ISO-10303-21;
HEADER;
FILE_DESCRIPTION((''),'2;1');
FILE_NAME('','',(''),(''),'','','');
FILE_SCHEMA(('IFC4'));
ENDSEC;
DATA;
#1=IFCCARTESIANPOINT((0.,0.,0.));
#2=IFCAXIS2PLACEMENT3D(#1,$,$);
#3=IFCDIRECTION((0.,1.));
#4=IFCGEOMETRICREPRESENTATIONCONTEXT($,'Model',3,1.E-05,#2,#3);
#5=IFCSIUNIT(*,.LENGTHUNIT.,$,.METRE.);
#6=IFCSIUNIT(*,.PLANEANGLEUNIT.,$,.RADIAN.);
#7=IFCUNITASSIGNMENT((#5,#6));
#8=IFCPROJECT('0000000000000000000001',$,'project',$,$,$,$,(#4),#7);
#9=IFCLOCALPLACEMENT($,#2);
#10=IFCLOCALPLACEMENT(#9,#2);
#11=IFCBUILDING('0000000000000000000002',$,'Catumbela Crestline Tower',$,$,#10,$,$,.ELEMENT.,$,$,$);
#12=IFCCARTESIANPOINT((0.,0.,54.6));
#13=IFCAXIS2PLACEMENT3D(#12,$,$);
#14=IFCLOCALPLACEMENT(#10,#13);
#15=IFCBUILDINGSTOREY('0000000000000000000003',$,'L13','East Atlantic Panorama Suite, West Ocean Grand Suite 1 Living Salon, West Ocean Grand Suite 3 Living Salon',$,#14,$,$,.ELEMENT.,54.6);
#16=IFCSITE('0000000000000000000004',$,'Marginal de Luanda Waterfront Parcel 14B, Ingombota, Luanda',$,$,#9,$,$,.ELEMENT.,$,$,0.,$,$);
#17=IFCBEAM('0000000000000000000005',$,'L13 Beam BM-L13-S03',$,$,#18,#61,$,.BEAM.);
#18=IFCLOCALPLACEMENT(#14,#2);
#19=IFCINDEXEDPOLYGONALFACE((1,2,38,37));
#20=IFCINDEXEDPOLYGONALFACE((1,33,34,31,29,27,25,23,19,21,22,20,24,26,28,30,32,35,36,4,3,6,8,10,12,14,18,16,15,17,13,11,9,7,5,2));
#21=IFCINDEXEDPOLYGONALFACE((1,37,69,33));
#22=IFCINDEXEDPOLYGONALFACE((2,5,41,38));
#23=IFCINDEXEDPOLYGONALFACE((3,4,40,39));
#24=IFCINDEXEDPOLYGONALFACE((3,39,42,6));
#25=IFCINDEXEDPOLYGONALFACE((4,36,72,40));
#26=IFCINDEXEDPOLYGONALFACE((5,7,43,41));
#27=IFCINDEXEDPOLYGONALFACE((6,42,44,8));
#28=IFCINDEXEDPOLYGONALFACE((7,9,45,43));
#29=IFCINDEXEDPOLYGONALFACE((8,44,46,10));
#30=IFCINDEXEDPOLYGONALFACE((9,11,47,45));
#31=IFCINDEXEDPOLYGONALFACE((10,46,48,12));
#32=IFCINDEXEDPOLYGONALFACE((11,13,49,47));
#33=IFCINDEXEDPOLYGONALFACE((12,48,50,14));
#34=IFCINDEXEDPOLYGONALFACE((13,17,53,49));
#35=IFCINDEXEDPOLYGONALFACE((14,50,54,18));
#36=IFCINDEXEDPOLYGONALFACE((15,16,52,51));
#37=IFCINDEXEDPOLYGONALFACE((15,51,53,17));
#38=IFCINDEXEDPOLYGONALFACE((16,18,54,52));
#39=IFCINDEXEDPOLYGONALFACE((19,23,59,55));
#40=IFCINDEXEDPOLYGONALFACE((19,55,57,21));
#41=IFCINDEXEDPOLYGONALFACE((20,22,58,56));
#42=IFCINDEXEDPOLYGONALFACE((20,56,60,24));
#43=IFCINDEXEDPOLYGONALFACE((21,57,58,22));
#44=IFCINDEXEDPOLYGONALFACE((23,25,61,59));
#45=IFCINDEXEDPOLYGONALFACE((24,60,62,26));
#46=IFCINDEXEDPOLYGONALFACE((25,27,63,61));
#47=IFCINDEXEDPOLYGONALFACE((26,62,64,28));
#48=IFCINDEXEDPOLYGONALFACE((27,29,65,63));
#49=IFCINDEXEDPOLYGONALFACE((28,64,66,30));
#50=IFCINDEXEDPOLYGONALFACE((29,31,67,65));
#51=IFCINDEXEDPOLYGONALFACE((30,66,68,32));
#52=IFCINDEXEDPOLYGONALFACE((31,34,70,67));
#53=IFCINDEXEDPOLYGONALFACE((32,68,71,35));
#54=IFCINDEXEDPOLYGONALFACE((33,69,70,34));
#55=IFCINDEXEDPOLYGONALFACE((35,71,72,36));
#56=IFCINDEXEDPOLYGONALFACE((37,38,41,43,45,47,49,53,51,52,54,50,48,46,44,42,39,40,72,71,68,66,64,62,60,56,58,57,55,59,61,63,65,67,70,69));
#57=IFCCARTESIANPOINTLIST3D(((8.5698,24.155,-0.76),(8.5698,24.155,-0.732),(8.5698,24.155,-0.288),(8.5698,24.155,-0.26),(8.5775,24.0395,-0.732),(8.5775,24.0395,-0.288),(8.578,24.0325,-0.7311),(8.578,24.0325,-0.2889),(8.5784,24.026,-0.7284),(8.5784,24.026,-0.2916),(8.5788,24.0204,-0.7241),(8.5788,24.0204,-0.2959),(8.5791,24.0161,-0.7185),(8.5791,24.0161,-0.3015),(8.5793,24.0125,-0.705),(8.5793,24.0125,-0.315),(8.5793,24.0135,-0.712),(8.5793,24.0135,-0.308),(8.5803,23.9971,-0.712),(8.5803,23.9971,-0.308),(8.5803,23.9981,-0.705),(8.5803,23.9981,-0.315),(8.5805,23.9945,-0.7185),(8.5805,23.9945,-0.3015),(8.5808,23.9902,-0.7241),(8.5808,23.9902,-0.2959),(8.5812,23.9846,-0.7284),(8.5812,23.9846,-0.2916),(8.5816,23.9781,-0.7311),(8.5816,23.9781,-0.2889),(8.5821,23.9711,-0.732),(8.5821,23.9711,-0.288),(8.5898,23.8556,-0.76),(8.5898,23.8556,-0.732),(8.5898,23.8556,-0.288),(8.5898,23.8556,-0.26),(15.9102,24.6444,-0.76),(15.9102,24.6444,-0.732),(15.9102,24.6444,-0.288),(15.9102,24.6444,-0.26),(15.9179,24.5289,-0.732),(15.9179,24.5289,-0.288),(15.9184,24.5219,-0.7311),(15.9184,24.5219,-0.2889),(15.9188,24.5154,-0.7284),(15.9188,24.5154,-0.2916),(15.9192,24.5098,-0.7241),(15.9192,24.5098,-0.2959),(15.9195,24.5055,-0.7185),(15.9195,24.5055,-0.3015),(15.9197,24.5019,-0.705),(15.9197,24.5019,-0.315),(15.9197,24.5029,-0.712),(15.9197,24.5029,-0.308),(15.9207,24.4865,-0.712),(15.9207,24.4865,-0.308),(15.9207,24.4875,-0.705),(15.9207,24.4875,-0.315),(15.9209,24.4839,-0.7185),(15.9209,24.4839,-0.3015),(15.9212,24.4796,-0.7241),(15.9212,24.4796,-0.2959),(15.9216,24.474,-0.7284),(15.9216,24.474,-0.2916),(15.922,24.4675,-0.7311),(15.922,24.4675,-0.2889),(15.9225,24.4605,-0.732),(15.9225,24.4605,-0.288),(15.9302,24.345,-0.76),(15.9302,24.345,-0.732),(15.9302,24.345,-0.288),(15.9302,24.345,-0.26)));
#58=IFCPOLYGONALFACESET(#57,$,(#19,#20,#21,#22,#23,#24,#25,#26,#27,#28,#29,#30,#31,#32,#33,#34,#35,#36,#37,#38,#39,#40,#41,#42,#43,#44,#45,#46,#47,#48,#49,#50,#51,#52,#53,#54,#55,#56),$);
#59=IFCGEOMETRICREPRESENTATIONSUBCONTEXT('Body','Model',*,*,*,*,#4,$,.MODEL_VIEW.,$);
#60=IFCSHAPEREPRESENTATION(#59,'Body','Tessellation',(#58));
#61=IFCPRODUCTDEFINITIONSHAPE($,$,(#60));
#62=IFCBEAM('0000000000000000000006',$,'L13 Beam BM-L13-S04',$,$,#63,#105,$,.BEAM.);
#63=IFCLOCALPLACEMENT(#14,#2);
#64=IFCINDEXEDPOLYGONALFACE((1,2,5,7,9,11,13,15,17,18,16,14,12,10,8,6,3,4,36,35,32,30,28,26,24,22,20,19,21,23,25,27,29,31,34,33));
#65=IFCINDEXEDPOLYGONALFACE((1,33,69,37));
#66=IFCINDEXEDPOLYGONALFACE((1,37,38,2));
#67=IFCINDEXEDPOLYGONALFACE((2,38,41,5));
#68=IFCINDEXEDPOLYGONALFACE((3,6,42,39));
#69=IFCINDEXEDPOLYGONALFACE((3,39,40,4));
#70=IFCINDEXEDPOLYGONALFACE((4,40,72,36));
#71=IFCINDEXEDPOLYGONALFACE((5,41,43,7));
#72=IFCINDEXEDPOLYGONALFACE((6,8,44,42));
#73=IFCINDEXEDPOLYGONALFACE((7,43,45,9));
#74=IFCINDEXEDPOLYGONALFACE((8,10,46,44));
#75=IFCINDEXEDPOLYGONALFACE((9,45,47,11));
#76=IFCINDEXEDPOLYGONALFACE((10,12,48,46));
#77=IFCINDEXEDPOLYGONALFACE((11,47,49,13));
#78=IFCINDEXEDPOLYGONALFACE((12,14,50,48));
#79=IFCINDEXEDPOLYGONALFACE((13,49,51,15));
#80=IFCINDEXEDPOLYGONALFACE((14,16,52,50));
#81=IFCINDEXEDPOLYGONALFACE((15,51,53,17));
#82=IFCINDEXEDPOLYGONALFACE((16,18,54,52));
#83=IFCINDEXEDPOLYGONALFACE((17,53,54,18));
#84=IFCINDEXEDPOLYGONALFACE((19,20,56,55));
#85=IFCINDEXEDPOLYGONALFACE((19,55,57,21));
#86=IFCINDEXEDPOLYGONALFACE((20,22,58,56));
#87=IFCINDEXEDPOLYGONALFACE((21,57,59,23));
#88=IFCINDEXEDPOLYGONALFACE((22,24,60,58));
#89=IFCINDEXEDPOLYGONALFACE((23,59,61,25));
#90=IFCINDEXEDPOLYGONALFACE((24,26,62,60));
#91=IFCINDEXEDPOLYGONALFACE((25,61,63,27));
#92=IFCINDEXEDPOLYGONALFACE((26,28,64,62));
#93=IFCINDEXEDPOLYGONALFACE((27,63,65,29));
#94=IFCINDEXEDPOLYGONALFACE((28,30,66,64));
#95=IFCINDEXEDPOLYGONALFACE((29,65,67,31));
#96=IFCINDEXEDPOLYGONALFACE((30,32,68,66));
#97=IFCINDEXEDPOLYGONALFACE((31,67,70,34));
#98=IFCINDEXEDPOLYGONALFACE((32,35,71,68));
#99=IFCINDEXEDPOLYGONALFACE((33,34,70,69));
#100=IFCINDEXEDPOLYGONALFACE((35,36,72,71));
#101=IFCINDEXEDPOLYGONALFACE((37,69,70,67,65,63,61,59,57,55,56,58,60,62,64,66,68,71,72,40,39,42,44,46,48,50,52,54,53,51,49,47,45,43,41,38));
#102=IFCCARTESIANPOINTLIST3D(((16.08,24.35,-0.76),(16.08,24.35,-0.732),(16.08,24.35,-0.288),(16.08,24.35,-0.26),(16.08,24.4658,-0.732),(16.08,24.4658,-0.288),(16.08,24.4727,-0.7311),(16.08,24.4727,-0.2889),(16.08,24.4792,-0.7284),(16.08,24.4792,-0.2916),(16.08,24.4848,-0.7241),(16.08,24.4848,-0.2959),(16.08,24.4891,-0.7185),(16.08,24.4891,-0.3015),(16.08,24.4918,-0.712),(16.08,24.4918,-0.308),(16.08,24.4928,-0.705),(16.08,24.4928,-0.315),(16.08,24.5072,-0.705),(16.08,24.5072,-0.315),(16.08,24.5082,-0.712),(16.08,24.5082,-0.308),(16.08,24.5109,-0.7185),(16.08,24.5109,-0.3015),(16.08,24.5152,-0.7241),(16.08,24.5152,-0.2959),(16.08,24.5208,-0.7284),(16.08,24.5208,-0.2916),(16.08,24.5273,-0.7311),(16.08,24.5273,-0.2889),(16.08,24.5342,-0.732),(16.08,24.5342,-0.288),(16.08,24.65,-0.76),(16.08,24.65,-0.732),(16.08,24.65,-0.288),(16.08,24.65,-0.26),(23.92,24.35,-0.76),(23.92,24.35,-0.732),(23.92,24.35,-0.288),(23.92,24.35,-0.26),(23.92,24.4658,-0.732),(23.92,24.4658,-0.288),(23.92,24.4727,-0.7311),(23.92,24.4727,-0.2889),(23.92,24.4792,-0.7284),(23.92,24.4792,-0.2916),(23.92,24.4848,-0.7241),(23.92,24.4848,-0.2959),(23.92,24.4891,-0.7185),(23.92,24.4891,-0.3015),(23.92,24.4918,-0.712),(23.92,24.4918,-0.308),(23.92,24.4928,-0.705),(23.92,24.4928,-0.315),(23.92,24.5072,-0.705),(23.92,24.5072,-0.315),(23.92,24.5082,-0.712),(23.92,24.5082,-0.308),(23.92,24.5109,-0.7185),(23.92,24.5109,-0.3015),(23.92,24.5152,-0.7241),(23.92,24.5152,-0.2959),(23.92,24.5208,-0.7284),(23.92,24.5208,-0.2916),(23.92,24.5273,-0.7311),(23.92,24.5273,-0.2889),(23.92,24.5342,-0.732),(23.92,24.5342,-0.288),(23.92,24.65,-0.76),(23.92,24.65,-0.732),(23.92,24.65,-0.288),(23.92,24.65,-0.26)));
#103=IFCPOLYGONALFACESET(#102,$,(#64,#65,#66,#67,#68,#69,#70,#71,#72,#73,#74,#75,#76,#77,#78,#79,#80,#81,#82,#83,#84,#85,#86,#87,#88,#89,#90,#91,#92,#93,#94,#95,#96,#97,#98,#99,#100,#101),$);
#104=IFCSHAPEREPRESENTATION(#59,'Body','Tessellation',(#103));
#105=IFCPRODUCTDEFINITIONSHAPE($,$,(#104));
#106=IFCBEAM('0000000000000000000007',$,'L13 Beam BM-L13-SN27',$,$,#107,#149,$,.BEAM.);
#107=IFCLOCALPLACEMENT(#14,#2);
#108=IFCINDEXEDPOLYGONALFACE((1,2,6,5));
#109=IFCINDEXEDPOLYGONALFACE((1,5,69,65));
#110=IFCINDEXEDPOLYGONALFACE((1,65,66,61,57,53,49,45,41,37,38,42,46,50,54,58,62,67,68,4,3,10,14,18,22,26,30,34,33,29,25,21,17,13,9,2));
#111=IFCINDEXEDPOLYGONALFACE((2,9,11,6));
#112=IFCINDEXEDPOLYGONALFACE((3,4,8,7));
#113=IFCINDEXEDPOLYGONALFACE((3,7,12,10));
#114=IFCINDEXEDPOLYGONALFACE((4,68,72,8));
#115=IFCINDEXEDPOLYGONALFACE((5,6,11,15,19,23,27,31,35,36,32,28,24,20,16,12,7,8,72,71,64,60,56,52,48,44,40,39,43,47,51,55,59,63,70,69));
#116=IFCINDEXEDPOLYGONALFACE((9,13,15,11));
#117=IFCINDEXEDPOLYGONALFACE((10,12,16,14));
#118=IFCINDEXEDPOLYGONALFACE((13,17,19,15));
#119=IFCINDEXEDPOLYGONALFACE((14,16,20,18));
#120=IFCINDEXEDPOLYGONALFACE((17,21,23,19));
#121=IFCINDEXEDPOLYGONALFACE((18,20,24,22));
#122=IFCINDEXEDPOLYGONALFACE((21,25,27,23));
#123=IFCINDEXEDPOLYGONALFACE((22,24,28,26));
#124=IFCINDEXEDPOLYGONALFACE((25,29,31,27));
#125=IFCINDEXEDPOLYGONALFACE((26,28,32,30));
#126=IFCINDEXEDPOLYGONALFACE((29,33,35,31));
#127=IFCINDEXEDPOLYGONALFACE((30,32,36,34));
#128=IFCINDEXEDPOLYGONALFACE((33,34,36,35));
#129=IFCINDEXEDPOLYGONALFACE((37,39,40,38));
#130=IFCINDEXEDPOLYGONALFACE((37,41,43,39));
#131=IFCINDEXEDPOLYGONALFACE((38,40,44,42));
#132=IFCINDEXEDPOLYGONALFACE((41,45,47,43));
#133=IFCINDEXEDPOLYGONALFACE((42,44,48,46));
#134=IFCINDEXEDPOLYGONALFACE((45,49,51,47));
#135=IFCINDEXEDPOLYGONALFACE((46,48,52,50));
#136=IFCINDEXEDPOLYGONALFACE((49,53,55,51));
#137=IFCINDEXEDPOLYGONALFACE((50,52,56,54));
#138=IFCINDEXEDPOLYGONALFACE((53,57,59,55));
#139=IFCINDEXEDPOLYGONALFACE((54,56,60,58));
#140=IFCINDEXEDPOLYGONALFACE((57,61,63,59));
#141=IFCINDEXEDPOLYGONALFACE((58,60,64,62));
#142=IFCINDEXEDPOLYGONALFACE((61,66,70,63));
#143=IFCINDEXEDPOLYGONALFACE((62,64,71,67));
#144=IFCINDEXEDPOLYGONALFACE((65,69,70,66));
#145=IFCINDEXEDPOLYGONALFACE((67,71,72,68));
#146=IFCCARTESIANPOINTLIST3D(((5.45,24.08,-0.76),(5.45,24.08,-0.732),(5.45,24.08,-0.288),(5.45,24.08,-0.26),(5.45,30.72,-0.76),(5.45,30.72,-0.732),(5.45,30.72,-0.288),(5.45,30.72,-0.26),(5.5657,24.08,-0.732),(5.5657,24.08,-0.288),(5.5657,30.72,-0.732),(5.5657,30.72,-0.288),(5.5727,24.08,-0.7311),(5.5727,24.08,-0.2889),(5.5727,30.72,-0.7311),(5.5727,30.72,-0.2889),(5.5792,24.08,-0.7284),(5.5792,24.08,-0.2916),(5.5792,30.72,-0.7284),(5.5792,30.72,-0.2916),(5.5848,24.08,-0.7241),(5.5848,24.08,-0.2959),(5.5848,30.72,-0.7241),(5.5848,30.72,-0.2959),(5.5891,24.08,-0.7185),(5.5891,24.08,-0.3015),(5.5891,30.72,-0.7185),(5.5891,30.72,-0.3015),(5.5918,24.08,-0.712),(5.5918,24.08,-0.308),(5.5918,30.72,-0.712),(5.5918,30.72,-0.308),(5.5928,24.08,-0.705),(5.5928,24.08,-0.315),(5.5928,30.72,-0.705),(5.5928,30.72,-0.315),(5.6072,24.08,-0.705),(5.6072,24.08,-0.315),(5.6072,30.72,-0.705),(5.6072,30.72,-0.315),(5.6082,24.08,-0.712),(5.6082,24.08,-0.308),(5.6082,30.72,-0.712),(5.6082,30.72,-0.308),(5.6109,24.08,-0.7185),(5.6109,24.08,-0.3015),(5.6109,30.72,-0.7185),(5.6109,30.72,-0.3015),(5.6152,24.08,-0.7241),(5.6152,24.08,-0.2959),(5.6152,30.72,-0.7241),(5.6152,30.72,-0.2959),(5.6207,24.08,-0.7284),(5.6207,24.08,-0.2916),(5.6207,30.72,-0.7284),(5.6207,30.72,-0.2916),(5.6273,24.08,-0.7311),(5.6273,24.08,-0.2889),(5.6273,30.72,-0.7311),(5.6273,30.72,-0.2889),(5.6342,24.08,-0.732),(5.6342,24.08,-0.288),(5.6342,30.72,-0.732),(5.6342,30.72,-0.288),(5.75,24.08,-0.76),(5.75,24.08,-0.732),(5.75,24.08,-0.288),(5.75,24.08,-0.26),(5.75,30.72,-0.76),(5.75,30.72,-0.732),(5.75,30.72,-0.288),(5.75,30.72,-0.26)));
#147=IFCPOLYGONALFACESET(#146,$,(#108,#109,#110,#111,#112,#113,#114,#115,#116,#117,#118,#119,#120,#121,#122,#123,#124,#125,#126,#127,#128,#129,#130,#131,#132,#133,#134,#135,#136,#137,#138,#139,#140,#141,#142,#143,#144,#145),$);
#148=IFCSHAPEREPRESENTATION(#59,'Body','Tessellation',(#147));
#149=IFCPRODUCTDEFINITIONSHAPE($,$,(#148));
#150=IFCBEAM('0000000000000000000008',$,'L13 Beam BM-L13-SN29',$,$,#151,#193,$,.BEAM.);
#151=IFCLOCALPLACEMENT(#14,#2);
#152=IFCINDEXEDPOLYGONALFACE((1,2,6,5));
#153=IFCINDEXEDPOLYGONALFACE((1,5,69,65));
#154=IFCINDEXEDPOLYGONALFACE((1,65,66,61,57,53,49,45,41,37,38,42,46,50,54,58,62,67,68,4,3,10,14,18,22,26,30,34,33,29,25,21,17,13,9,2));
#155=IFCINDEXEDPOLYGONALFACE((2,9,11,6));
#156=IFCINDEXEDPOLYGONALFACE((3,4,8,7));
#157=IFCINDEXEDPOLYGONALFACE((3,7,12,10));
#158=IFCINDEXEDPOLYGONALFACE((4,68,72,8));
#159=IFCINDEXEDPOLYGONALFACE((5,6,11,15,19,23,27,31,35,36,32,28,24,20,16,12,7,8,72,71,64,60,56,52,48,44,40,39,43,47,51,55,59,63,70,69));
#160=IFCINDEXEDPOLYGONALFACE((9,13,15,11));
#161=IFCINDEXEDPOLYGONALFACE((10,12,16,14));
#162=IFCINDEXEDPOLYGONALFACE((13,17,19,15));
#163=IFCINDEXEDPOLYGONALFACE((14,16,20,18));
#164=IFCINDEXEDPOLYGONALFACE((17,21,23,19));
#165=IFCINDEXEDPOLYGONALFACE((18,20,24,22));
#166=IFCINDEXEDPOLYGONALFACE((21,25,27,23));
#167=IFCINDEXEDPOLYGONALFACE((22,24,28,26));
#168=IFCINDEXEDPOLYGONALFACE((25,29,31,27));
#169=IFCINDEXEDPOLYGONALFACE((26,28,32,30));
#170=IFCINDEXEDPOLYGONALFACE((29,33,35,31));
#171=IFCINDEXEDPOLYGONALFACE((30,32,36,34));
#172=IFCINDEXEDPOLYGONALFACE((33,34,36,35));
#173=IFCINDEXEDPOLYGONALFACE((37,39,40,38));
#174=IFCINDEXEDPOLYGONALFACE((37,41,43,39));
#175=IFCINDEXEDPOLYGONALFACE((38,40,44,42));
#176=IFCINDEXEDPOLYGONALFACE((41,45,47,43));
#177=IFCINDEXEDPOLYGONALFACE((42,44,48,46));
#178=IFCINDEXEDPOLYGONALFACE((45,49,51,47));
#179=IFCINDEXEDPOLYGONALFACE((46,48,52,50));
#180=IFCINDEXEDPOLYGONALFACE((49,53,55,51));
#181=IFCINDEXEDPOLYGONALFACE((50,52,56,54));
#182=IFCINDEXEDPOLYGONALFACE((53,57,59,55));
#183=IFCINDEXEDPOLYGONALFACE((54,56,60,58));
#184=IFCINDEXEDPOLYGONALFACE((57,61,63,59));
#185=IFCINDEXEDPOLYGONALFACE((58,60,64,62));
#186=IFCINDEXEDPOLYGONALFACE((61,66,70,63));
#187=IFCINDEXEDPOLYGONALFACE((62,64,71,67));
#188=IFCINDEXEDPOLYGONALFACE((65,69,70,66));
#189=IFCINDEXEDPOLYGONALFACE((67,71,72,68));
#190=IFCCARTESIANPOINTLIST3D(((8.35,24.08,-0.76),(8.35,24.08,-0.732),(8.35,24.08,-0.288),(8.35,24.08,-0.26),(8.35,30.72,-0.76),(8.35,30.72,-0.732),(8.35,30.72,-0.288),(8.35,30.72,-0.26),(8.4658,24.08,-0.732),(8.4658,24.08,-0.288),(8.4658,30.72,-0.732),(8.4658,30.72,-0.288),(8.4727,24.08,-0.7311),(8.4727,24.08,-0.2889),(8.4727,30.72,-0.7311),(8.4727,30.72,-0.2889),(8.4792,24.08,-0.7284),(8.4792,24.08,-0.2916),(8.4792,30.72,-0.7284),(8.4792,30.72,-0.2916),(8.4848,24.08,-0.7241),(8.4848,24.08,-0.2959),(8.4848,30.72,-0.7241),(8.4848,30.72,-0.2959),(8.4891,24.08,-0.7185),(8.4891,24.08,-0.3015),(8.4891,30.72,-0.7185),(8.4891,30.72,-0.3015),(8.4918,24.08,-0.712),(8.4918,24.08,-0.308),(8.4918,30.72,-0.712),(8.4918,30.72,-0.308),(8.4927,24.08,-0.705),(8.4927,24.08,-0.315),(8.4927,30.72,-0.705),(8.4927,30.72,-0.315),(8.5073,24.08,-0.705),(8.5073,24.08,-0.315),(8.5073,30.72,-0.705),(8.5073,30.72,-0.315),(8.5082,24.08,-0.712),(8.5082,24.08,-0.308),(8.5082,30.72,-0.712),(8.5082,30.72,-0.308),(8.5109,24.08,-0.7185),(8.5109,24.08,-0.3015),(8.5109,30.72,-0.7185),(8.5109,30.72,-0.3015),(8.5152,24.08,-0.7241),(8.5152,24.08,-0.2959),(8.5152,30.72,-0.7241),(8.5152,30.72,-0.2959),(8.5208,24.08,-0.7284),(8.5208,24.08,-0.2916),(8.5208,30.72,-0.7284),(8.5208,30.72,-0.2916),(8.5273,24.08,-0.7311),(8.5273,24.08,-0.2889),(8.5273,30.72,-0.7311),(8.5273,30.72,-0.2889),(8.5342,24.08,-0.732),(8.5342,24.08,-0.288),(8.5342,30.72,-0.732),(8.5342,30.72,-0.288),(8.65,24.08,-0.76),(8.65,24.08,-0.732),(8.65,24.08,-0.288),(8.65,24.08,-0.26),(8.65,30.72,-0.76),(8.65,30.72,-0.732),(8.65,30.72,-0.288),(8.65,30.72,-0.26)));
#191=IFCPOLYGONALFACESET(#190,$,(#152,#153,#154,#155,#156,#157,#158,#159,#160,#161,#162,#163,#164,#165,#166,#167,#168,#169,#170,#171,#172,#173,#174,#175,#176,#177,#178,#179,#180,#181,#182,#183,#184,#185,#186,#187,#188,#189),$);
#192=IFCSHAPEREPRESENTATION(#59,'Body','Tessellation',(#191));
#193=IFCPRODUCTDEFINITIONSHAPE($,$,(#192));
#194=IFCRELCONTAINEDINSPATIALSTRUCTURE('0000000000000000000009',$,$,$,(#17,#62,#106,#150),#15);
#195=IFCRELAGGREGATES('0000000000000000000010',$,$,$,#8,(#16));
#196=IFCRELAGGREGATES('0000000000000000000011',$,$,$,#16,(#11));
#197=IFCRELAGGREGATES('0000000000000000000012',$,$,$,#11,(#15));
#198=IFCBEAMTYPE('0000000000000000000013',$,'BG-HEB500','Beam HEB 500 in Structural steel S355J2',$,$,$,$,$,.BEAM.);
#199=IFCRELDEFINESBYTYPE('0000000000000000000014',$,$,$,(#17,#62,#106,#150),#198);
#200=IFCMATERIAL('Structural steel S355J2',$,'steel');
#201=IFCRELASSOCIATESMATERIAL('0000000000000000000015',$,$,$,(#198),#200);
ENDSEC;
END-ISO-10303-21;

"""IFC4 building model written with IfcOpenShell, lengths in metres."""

from ifc_helpers import new_model, si_unit, direction, frame, origin, origin_2d, place, context, subcontext, project, spatial, i_section, extrude, material, material_profile, profile_set, type_object, element, save


model = new_model("IFC4")

# Units and contexts
model_context = context("Model", 3, precision=1e-05, world=origin(), true_north=direction((0.0, 1.0)))
body_context = subcontext(model_context, "Body", "Model", "MODEL_VIEW")
ifc_project = project(units=[si_unit("LENGTHUNIT", "METRE"), si_unit("PLANEANGLEUNIT", "RADIAN")], contexts=[model_context])

# Site, building, storey
site_placement = place(None, origin())
site = spatial("IfcSite", under=ifc_project, at=site_placement, Name="Marginal de Luanda Waterfront Parcel 14B, Ingombota, Luanda", CompositionType="ELEMENT", RefElevation=0.0)
building_placement = place(site_placement, origin())
building = spatial("IfcBuilding", under=site, at=building_placement, Name="Catumbela Crestline Tower", CompositionType="ELEMENT")
storey_placement = place(building_placement, frame((0.0, 0.0, 54.6)))
storey = spatial("IfcBuildingStorey", under=building, at=storey_placement, Name="L13", Description="East Atlantic Panorama Suite, West Ocean Grand Suite 1 Living Salon, West Ocean Grand Suite 3 Living Salon", CompositionType="ELEMENT", Elevation=54.6)

# Beams
ifc_material_1 = material(Name="Structural steel S355J2", Category="steel")
ifc_material_profile_1 = material_profile(ifc_material_1, i_section(OverallWidth=0.3, OverallDepth=0.5, WebThickness=0.0145, FlangeThickness=0.028, FilletRadius=0.027, at=origin_2d()), Name="HEB 500")
ifc_profile_set_1 = profile_set([ifc_material_profile_1], Name="Structural steel S355J2")
beam_type_1 = type_object("IfcBeamType", Name="BG-HEB500", Description="Beam HEB 500 in Structural steel S355J2", PredefinedType="BEAM", material=ifc_profile_set_1)
beam_1_placement = place(storey_placement, frame((8.5798, 24.0053, -0.51), z_axis=(0.997785, 0.066524, 0.0), x_axis=(-0.066524, 0.997785, 0.0)))
element("IfcBeam", 1, at=beam_1_placement, inside=storey, type_object=beam_type_1, Name="L13 Beam BM-L13-S03", PredefinedType="BEAM", context=body_context, shape_type="SweptSolid", body=[
    extrude(i_section(OverallWidth=0.3, OverallDepth=0.5, WebThickness=0.0145, FlangeThickness=0.028, FilletRadius=0.027, at=origin_2d()), origin(), (0.0, 0.0, 1.0), 7.3567),
])
beam_2_placement = place(storey_placement, frame((16.08, 24.5, -0.51), z_axis=(1.0, 0.0, 0.0), x_axis=(0.0, 1.0, 0.0)))
element("IfcBeam", 2, at=beam_2_placement, inside=storey, type_object=beam_type_1, Name="L13 Beam BM-L13-S04", PredefinedType="BEAM", context=body_context, shape_type="SweptSolid", body=[
    extrude(i_section(OverallWidth=0.3, OverallDepth=0.5, WebThickness=0.0145, FlangeThickness=0.028, FilletRadius=0.027, at=origin_2d()), origin(), (0.0, 0.0, 1.0), 7.84),
])
for number, where, z_axis, x_axis, name in (
    (3, (5.6, 24.08, -0.51), (0.0, 1.0, 0.0), (-1.0, 0.0, 0.0), "L13 Beam BM-L13-SN27"),
    (4, (8.5, 24.08, -0.51), (0.0, 1.0, 0.0), (-1.0, 0.0, 0.0), "L13 Beam BM-L13-SN29"),
):
    element("IfcBeam", number, at=place(storey_placement, frame(where, z_axis=z_axis, x_axis=x_axis)), inside=storey, type_object=beam_type_1, Name=name, PredefinedType="BEAM", context=body_context, shape_type="SweptSolid", body=[
        extrude(i_section(OverallWidth=0.3, OverallDepth=0.5, WebThickness=0.0145, FlangeThickness=0.028, FilletRadius=0.027, at=origin_2d()), origin(), (0.0, 0.0, 1.0), 6.64),
    ])

save(model, "model.ifc")
